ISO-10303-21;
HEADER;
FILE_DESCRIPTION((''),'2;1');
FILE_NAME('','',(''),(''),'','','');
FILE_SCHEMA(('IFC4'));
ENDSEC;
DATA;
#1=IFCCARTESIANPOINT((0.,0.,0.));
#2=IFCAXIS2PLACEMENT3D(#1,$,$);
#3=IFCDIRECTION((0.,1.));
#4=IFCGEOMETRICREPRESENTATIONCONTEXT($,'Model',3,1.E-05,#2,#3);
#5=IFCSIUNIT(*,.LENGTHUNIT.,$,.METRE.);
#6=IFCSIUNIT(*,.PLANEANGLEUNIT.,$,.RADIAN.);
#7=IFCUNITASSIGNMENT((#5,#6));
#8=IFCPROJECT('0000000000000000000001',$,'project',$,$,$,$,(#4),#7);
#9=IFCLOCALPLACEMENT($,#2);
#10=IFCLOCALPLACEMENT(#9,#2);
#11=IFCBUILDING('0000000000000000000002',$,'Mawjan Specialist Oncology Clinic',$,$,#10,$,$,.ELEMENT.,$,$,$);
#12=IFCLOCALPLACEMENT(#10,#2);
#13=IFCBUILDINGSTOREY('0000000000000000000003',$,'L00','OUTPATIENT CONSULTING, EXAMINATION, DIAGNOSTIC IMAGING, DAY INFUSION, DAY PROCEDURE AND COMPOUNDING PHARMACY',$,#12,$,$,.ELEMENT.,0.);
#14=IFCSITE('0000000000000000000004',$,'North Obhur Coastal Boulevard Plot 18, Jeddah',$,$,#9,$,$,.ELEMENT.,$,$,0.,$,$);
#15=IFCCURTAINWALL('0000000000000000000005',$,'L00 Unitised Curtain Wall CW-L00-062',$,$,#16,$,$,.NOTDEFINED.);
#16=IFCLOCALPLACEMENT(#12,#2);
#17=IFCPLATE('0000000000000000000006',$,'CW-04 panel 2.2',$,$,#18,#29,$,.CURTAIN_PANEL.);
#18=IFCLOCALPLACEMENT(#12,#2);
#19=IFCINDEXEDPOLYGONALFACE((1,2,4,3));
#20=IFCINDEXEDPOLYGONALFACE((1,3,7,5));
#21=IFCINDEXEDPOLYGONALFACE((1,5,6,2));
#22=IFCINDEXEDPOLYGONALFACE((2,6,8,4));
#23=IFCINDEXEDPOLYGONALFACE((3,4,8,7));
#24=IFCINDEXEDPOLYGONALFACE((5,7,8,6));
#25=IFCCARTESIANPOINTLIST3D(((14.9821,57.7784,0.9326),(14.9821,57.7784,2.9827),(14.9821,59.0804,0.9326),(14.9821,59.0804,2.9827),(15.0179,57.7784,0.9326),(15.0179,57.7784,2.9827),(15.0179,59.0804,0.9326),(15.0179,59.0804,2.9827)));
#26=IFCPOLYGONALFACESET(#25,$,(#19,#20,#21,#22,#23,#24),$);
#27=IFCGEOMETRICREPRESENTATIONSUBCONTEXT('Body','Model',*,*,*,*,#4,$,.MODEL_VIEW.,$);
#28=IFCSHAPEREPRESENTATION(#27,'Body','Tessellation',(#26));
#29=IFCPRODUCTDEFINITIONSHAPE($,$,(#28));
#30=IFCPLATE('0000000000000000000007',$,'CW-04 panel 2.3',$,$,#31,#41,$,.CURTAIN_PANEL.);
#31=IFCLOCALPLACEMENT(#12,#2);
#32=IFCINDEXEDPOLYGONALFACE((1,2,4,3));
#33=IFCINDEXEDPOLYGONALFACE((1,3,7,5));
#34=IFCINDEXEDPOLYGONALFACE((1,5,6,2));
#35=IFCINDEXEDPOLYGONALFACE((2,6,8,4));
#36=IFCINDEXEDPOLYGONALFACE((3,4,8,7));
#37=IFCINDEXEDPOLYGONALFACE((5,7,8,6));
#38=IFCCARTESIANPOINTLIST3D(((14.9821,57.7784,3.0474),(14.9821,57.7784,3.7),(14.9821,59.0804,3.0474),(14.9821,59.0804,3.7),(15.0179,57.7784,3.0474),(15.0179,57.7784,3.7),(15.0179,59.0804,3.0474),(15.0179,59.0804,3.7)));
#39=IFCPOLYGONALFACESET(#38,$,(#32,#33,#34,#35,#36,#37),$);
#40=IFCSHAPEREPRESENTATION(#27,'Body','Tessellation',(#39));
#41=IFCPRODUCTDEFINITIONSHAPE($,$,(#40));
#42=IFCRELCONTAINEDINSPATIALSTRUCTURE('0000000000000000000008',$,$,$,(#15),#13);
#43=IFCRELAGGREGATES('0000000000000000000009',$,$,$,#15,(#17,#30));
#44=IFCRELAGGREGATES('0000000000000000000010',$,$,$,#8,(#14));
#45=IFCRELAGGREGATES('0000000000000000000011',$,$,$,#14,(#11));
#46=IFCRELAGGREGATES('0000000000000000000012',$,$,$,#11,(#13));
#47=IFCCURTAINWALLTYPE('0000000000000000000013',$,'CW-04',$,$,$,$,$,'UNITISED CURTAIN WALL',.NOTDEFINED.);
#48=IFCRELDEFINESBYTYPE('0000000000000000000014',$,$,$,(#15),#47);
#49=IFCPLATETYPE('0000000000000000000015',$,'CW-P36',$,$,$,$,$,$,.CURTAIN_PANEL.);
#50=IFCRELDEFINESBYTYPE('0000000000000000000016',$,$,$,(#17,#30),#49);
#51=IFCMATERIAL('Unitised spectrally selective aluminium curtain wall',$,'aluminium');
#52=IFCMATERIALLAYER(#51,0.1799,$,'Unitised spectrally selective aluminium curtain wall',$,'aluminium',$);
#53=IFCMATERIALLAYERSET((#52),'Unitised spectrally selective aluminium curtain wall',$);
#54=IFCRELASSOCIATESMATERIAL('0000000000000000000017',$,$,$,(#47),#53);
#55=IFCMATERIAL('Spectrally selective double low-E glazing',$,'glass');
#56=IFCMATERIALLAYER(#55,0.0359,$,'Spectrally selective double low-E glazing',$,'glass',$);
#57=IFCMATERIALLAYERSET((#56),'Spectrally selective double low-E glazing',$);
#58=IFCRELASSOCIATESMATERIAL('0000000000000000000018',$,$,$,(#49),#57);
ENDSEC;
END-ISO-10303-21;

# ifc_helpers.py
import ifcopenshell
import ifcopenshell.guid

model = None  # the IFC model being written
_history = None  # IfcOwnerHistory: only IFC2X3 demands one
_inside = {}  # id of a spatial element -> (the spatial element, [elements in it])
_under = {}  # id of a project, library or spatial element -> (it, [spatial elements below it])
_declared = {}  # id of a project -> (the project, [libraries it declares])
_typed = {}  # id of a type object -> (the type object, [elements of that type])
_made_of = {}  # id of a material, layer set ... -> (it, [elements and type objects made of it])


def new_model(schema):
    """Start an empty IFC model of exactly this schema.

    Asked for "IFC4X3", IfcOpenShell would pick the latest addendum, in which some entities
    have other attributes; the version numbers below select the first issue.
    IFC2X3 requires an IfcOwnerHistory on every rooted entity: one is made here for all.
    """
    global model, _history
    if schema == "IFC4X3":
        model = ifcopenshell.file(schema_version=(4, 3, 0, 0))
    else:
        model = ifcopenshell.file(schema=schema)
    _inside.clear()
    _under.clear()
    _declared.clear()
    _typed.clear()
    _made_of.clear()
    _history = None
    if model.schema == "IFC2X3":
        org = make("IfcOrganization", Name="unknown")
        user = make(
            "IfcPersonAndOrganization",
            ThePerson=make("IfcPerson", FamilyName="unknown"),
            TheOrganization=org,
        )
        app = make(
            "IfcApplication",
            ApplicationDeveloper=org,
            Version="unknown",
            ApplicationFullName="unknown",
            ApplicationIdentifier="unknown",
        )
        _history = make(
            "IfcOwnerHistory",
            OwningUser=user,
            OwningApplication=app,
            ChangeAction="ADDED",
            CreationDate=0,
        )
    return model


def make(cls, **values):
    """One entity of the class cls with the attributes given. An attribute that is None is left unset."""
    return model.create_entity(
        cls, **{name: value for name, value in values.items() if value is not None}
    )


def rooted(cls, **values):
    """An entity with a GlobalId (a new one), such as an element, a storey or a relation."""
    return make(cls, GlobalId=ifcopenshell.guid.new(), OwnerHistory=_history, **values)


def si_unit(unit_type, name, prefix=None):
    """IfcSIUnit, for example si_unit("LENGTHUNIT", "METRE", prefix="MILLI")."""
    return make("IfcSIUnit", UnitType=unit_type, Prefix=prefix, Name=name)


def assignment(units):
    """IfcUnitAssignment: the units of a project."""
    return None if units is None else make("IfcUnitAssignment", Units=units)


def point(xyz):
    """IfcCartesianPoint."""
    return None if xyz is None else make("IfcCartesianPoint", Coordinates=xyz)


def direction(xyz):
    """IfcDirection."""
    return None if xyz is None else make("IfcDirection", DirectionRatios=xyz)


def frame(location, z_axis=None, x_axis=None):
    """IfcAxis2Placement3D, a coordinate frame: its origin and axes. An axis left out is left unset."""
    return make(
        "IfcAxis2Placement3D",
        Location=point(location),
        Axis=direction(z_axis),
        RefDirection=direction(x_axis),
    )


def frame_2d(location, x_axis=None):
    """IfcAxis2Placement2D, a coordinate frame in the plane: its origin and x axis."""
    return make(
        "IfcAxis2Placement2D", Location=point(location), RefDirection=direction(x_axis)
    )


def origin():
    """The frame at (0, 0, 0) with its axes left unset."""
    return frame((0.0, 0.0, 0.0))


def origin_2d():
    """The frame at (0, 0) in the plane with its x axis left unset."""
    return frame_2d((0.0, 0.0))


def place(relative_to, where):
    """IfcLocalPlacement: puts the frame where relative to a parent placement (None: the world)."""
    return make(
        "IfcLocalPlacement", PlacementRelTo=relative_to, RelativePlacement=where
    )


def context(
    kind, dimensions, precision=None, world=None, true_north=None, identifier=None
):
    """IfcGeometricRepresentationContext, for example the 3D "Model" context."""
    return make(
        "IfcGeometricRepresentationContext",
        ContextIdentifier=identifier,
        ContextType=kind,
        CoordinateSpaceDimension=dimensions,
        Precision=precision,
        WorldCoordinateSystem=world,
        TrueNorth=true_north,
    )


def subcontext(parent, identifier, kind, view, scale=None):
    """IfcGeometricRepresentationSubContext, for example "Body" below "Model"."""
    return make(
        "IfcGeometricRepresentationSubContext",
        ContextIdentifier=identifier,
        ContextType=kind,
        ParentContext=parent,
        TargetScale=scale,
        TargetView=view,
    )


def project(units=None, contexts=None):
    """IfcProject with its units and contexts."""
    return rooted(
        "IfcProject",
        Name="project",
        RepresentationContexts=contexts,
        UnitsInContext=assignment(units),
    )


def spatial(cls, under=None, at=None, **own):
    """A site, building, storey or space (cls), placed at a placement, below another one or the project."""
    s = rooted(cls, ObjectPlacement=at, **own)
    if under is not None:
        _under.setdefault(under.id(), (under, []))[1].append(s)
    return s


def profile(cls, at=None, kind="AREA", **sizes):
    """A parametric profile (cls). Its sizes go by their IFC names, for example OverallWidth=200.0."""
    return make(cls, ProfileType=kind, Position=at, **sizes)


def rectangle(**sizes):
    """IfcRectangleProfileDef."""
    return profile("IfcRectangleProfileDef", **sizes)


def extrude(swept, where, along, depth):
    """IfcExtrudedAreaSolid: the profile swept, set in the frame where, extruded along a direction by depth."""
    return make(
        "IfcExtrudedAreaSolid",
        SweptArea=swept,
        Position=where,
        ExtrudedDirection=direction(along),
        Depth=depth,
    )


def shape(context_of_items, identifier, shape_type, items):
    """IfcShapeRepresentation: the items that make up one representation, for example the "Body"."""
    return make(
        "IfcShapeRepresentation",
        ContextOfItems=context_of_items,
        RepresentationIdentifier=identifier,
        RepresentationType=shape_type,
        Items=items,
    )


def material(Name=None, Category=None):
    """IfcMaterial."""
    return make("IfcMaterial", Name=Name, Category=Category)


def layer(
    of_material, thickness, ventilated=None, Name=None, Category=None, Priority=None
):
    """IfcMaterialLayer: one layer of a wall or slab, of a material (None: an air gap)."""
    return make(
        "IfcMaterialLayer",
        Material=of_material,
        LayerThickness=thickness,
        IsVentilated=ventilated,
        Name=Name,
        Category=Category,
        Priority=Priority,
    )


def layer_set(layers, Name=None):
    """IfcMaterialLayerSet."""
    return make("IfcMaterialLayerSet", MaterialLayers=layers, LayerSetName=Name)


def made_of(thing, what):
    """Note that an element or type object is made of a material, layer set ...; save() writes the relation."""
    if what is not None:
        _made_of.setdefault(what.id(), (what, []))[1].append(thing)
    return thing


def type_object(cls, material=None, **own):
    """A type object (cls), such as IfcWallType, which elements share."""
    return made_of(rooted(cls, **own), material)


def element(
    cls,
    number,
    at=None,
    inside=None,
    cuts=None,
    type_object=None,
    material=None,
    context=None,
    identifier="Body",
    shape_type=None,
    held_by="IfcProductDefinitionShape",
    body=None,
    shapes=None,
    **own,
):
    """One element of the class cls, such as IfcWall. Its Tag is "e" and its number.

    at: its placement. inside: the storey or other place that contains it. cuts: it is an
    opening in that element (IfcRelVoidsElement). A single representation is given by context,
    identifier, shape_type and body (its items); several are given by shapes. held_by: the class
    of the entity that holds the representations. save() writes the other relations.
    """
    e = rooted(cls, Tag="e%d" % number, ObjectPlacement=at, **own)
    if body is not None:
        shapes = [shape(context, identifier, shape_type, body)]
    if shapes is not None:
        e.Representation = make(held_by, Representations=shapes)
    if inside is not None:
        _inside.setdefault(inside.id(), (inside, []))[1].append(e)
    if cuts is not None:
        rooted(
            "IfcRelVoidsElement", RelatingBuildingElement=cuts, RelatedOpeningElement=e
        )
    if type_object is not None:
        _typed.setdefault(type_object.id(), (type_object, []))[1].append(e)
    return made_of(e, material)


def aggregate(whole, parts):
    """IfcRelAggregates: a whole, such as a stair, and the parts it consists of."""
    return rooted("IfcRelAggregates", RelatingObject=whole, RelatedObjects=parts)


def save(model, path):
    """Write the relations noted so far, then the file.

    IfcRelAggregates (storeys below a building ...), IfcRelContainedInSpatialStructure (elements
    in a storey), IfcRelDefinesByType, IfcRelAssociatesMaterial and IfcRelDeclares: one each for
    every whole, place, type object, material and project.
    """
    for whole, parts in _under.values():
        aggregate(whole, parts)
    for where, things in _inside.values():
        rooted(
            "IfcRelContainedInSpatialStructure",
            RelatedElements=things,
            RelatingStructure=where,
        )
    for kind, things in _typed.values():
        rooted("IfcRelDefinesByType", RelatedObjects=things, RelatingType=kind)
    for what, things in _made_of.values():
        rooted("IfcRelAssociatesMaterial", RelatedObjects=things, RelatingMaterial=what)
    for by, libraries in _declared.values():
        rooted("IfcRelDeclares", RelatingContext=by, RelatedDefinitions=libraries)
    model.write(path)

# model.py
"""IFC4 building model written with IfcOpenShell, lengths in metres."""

from ifc_helpers import new_model, si_unit, direction, frame, origin, origin_2d, place, context, subcontext, project, spatial, rectangle, extrude, material, layer, layer_set, type_object, element, aggregate, save


model = new_model("IFC4")

# Units and contexts
model_context = context("Model", 3, precision=1e-05, world=origin(), true_north=direction((0.0, 1.0)))
body_context = subcontext(model_context, "Body", "Model", "MODEL_VIEW")
ifc_project = project(units=[si_unit("LENGTHUNIT", "METRE"), si_unit("PLANEANGLEUNIT", "RADIAN")], contexts=[model_context])

# Site, building, storey
site_placement = place(None, origin())
site = spatial("IfcSite", under=ifc_project, at=site_placement, Name="North Obhur Coastal Boulevard Plot 18, Jeddah", CompositionType="ELEMENT", RefElevation=0.0)
building_placement = place(site_placement, origin())
building = spatial("IfcBuilding", under=site, at=building_placement, Name="Mawjan Specialist Oncology Clinic", CompositionType="ELEMENT")
storey_placement = place(building_placement, origin())
storey = spatial("IfcBuildingStorey", under=building, at=storey_placement, Name="L00", Description="OUTPATIENT CONSULTING, EXAMINATION, DIAGNOSTIC IMAGING, DAY INFUSION, DAY PROCEDURE AND COMPOUNDING PHARMACY", CompositionType="ELEMENT", Elevation=0.0)

# Curtain wall, plates
ifc_material_1 = material(Name="Unitised spectrally selective aluminium curtain wall", Category="aluminium")
ifc_layer_1 = layer(ifc_material_1, 0.1799, Name="Unitised spectrally selective aluminium curtain wall", Category="aluminium")
ifc_layer_set_1 = layer_set([ifc_layer_1], Name="Unitised spectrally selective aluminium curtain wall")
curtain_wall_type = type_object("IfcCurtainWallType", Name="CW-04", ElementType="UNITISED CURTAIN WALL", PredefinedType="NOTDEFINED", material=ifc_layer_set_1)
curtain_wall_placement = place(storey_placement, origin())
curtain_wall = element("IfcCurtainWall", 1, at=curtain_wall_placement, inside=storey, type_object=curtain_wall_type, Name="L00 Unitised Curtain Wall CW-L00-062", PredefinedType="NOTDEFINED")
ifc_material_2 = material(Name="Spectrally selective double low-E glazing", Category="glass")
ifc_layer_2 = layer(ifc_material_2, 0.0359, Name="Spectrally selective double low-E glazing", Category="glass")
ifc_layer_set_2 = layer_set([ifc_layer_2], Name="Spectrally selective double low-E glazing")
plate_type = type_object("IfcPlateType", Name="CW-P36", PredefinedType="CURTAIN_PANEL", material=ifc_layer_set_2)
plate_1_placement = place(storey_placement, frame((15.0, 58.4294, 0.9326), z_axis=(0.0, 0.0, 1.0), x_axis=(0.0, -1.0, 0.0)))
plate_1 = element("IfcPlate", 2, at=plate_1_placement, type_object=plate_type, Name="CW-04 panel 2.2", PredefinedType="CURTAIN_PANEL", context=body_context, shape_type="SweptSolid", body=[
    extrude(rectangle(XDim=1.302, YDim=0.0359, at=origin_2d()), origin(), (0.0, 0.0, 1.0), 2.05),
])
plate_2_placement = place(storey_placement, frame((15.0, 58.4294, 3.0474), z_axis=(0.0, 0.0, 1.0), x_axis=(0.0, -1.0, 0.0)))
plate_2 = element("IfcPlate", 3, at=plate_2_placement, type_object=plate_type, Name="CW-04 panel 2.3", PredefinedType="CURTAIN_PANEL", context=body_context, shape_type="SweptSolid", body=[
    extrude(rectangle(XDim=1.302, YDim=0.0359, at=origin_2d()), origin(), (0.0, 0.0, 1.0), 0.6526),
])
aggregate(curtain_wall, [plate_1, plate_2])

save(model, "model.ifc")
